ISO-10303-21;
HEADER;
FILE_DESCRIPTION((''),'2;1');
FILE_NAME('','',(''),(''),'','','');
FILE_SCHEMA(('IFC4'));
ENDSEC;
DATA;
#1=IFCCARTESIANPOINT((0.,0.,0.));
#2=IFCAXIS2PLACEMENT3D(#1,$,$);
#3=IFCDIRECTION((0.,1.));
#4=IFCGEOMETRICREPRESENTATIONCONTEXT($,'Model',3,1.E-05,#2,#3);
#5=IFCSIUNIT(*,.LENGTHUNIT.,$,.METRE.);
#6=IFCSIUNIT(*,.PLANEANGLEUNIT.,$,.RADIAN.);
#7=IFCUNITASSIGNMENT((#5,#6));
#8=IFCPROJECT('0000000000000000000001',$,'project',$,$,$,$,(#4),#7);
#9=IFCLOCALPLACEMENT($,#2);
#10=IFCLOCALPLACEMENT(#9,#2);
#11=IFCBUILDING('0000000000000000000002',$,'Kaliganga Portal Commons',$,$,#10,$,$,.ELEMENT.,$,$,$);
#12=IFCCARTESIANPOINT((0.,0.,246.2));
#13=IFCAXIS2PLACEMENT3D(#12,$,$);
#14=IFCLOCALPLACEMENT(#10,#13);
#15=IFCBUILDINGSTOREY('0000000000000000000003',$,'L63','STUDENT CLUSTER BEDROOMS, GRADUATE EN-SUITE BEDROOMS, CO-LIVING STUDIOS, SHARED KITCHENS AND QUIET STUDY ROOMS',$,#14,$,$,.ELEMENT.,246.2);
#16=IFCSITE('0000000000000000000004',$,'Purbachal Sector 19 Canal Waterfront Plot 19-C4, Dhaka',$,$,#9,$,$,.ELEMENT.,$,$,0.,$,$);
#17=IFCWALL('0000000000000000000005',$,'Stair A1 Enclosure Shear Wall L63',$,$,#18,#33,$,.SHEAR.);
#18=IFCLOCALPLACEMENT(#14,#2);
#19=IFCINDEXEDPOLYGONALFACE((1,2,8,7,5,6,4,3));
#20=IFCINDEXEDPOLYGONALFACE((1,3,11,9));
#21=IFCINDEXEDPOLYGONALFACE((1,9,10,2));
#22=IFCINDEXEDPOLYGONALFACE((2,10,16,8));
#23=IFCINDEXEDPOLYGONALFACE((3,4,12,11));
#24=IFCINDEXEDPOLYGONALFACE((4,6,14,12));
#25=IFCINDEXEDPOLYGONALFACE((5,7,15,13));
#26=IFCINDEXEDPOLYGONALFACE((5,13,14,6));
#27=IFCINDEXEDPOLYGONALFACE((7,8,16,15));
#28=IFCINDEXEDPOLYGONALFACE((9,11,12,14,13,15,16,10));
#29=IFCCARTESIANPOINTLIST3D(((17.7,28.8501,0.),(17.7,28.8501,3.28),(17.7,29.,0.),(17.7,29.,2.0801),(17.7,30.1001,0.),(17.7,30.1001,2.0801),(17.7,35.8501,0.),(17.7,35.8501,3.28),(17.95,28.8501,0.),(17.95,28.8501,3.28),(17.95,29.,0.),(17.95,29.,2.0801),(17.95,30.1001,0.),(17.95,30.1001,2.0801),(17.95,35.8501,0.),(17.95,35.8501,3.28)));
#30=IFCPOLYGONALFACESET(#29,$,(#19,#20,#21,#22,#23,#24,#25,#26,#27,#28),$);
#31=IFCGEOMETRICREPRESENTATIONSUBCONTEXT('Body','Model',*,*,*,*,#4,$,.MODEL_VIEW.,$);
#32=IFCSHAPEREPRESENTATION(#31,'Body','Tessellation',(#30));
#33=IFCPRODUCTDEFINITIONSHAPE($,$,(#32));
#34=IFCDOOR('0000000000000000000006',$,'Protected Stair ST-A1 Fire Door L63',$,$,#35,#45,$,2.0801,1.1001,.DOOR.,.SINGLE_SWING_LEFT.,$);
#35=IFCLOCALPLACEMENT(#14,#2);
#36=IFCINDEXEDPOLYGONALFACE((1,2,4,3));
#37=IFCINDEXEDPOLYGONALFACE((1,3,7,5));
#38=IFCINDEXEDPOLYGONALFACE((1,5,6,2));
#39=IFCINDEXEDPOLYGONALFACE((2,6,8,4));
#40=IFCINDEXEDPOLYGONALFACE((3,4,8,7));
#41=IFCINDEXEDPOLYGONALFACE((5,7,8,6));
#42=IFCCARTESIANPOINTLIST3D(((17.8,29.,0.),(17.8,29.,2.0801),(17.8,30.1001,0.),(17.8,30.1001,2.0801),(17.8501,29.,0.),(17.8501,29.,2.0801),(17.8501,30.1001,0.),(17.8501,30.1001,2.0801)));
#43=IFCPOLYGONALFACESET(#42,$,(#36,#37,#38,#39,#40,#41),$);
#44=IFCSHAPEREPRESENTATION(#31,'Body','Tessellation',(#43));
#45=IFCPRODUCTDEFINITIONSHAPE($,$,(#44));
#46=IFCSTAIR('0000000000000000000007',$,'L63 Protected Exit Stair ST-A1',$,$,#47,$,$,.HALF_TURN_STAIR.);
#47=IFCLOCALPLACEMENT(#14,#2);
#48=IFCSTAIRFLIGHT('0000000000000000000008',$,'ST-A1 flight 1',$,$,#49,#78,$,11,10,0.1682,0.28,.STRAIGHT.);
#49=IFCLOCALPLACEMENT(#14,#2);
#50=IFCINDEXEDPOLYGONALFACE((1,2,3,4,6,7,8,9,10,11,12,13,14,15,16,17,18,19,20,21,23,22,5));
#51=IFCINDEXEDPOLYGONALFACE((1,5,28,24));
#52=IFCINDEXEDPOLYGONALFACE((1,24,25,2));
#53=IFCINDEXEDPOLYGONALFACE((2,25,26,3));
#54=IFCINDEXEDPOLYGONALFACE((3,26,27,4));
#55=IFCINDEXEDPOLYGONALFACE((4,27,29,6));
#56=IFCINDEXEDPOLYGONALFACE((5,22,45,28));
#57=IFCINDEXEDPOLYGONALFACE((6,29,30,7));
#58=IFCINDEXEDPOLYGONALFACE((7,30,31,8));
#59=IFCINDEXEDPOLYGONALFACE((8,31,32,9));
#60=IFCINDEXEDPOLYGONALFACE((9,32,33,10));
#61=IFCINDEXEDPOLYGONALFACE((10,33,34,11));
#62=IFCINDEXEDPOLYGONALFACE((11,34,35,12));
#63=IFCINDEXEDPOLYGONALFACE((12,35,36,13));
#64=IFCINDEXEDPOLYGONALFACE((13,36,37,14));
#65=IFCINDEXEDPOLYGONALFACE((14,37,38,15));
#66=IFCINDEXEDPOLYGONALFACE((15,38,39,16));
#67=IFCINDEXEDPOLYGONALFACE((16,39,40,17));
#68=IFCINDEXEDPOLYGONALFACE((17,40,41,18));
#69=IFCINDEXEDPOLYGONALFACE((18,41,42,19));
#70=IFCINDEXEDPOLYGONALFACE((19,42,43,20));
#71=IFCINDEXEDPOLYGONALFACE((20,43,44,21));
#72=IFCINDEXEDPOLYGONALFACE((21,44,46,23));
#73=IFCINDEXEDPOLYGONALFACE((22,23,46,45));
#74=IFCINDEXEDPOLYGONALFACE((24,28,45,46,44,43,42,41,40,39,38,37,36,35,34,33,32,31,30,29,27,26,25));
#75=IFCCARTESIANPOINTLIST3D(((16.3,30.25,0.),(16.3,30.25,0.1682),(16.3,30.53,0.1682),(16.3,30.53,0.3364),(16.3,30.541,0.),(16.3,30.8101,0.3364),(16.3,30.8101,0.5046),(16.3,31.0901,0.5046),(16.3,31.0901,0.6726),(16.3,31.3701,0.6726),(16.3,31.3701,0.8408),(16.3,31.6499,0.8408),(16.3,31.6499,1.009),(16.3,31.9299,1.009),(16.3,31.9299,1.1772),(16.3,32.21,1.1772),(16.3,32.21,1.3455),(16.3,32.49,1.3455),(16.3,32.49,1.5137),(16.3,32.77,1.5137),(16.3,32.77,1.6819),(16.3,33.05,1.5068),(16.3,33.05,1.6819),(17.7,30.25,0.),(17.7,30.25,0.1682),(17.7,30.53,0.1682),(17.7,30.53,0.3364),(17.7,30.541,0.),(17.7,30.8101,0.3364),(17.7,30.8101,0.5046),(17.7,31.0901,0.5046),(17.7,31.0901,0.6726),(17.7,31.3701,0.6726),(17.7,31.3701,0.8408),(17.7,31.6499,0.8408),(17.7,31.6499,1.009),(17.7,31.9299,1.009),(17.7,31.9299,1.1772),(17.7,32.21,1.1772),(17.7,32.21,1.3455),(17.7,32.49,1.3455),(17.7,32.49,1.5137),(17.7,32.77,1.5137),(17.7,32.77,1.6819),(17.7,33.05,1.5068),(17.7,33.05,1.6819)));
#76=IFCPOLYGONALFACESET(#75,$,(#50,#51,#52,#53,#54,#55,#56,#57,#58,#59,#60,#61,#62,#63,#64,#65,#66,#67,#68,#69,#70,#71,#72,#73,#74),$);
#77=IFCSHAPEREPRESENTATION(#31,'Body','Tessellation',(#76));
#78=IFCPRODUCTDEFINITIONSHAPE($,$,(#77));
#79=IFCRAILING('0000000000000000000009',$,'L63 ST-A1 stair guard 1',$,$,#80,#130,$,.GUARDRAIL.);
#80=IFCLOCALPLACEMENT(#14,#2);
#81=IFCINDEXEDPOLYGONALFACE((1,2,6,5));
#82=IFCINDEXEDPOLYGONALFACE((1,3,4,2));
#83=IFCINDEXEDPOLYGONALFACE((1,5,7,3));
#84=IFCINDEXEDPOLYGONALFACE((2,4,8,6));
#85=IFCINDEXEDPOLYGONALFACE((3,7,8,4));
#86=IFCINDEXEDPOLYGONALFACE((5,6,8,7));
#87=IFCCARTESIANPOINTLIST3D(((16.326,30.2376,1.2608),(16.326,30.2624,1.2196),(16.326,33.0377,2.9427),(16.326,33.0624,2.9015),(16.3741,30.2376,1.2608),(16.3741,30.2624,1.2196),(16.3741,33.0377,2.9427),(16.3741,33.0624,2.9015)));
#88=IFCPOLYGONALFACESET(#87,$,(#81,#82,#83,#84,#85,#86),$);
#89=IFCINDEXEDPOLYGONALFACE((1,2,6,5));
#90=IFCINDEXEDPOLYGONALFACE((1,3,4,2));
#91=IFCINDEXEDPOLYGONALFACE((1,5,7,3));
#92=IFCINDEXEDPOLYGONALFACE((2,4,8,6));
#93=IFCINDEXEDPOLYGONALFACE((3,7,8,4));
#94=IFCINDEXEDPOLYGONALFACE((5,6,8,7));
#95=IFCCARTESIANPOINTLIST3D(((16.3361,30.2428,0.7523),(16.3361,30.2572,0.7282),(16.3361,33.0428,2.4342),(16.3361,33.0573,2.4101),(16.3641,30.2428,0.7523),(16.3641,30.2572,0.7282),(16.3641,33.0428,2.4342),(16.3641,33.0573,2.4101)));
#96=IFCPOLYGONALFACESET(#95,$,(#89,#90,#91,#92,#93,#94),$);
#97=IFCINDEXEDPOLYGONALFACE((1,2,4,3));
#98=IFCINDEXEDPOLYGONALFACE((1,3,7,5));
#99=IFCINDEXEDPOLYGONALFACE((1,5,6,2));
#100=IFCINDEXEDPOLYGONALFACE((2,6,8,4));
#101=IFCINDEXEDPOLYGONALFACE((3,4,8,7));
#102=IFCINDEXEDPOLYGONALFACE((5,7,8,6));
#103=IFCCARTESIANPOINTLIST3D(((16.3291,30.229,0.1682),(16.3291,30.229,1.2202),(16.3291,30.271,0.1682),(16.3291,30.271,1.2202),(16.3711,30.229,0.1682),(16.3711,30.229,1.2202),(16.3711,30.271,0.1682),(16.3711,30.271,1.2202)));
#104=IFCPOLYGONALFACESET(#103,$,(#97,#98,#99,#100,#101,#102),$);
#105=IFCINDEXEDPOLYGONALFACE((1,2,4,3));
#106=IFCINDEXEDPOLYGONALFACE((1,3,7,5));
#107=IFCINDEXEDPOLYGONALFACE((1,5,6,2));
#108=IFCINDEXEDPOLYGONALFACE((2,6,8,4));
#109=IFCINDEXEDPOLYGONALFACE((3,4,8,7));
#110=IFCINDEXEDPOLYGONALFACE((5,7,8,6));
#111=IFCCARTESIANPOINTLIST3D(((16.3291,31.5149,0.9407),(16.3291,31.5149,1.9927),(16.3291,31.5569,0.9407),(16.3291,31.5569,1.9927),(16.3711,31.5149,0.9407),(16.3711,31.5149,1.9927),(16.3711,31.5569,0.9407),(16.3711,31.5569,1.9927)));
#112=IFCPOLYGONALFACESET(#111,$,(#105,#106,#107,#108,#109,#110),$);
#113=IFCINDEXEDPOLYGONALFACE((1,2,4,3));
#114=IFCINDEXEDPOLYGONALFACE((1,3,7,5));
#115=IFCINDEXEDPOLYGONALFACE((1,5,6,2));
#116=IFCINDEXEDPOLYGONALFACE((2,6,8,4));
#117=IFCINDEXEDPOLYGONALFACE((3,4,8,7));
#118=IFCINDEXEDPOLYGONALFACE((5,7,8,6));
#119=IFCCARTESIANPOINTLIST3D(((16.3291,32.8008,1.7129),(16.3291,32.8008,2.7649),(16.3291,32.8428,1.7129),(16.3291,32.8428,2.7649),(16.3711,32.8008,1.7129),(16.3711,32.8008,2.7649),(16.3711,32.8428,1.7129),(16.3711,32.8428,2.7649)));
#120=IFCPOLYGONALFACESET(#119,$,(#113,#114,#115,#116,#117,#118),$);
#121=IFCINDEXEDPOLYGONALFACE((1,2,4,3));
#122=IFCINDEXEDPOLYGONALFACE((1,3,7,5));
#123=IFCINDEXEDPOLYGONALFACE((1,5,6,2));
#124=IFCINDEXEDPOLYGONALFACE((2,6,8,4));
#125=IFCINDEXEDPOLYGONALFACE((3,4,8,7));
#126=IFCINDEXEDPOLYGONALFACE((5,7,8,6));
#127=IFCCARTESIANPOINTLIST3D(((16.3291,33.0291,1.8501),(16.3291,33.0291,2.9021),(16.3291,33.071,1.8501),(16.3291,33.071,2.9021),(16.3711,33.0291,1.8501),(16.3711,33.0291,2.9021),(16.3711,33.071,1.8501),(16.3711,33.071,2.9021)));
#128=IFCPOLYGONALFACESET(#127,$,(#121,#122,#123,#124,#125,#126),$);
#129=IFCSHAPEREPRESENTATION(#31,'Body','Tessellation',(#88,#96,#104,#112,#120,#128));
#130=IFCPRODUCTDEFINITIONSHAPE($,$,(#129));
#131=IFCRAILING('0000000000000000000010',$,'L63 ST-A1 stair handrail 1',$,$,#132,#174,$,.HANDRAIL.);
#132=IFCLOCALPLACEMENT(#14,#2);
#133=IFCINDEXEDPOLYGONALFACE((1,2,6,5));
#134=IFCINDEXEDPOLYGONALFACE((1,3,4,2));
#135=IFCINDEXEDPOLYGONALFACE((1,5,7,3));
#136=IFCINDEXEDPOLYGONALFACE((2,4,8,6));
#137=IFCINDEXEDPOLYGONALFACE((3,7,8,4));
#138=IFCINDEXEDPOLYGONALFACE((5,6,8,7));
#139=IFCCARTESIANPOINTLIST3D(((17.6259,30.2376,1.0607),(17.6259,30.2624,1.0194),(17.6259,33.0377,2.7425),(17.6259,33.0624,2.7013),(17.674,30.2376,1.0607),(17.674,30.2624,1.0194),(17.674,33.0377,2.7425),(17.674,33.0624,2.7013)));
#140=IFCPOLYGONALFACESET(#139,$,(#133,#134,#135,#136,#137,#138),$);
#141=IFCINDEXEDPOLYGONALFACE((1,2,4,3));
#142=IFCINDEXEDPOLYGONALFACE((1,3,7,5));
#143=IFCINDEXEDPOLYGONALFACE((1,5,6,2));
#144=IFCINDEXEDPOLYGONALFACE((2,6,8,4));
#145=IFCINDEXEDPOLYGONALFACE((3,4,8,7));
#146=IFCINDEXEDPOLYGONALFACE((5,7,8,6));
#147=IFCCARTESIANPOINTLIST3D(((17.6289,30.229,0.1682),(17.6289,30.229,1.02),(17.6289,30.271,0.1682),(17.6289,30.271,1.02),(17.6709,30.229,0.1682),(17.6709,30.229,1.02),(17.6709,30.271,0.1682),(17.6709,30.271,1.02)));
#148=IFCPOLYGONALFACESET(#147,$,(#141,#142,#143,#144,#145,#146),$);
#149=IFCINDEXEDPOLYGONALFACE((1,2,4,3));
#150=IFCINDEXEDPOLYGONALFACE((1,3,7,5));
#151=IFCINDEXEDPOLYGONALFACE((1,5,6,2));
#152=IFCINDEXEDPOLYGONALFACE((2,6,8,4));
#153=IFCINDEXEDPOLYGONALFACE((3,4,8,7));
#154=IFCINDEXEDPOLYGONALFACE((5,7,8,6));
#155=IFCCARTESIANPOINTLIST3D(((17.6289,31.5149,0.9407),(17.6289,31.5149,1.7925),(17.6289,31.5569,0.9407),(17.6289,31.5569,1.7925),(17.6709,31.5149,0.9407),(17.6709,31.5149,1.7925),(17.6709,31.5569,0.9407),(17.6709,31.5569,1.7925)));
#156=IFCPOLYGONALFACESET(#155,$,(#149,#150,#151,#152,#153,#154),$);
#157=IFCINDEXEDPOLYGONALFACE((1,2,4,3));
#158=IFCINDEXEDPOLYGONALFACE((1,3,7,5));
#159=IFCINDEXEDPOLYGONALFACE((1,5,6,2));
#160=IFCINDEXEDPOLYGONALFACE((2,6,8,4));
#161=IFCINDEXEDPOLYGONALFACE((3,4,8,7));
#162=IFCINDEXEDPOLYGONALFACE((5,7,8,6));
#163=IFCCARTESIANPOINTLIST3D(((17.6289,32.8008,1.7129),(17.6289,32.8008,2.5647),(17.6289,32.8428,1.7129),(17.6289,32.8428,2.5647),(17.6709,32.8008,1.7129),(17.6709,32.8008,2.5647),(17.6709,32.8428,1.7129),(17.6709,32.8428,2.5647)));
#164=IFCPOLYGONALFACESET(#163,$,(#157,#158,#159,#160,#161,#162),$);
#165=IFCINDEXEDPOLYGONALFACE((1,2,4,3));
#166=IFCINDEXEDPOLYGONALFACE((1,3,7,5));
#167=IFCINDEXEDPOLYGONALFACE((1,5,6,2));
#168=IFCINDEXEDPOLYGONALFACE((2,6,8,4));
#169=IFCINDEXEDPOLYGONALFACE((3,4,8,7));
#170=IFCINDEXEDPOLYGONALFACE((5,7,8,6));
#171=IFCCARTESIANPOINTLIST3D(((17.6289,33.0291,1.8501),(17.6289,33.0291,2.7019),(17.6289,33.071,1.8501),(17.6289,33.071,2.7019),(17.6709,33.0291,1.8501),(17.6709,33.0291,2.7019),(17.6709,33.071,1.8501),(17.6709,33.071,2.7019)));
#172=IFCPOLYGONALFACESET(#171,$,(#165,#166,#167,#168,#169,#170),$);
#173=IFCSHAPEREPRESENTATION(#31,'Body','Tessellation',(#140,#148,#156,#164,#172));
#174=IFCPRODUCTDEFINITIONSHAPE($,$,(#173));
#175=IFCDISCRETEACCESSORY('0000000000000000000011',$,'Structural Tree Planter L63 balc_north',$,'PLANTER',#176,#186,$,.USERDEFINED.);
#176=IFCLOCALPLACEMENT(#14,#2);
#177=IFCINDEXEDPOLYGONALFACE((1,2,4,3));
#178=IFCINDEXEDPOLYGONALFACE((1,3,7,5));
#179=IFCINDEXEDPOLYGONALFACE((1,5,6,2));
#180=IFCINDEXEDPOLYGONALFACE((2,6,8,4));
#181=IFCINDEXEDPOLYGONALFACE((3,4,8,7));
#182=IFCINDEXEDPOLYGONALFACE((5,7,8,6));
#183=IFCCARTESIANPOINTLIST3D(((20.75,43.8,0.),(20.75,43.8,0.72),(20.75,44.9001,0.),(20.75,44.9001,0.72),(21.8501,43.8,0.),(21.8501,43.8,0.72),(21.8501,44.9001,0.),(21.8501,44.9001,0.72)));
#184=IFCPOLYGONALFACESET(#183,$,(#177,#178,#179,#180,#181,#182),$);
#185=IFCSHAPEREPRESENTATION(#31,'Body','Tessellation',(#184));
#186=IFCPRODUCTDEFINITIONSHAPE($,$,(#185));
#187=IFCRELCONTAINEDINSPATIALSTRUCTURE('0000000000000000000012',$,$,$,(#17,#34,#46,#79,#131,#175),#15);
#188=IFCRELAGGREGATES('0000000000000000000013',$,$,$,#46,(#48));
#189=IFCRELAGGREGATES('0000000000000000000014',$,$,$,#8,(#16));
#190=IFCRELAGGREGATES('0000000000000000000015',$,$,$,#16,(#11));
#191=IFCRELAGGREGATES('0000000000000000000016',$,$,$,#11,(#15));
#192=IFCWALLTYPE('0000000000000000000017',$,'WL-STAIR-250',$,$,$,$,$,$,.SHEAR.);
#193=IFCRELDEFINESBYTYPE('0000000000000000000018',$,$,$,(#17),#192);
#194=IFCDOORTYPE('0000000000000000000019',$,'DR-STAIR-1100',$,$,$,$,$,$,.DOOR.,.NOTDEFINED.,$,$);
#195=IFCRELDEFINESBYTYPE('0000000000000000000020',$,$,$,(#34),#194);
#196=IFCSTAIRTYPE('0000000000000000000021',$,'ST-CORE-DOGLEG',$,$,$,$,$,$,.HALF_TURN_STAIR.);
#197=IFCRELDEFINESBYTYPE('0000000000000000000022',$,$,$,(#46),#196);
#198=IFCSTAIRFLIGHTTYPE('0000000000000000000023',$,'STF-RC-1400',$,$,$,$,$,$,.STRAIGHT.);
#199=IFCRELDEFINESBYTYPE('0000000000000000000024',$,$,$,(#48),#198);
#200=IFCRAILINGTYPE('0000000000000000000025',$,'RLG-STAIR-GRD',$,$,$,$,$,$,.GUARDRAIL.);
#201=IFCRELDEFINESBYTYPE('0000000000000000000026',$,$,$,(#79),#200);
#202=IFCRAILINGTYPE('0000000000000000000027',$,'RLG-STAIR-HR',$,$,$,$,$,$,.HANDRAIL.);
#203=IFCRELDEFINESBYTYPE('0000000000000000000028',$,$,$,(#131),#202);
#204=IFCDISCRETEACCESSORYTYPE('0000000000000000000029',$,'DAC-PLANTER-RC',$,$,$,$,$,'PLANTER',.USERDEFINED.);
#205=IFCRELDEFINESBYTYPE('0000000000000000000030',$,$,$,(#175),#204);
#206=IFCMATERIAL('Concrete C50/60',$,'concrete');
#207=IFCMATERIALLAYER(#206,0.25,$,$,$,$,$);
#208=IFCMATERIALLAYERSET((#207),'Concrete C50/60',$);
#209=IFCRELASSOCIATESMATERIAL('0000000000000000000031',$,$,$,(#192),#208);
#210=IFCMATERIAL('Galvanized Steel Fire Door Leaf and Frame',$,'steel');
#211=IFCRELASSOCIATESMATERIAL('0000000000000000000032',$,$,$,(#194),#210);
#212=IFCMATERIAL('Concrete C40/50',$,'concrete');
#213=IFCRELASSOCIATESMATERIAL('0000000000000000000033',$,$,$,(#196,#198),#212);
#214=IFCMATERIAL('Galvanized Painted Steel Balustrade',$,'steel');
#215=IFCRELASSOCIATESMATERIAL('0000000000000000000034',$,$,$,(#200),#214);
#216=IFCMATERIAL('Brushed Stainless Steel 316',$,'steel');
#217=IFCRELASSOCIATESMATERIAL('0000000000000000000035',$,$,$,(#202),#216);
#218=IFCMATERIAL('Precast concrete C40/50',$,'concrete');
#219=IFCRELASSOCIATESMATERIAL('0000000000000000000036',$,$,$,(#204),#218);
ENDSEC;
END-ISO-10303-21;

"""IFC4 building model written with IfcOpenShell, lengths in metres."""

from ifc_helpers import new_model, si_unit, direction, frame, frame_2d, origin, origin_2d, place, context, subcontext, project, spatial, polyline, rectangle, outline, extrude, source, transform, mapped, material, layer, layer_set, type_object, element, fill, aggregate, save


model = new_model("IFC4")

# Units and contexts
model_context = context("Model", 3, precision=1e-05, world=origin(), true_north=direction((0.0, 1.0)))
body_context = subcontext(model_context, "Body", "Model", "MODEL_VIEW")
ifc_project = project(units=[si_unit("LENGTHUNIT", "METRE"), si_unit("PLANEANGLEUNIT", "RADIAN")], contexts=[model_context])

# Site, building, storey
site_placement = place(None, origin())
site = spatial("IfcSite", under=ifc_project, at=site_placement, Name="Purbachal Sector 19 Canal Waterfront Plot 19-C4, Dhaka", CompositionType="ELEMENT", RefElevation=0.0)
building_placement = place(site_placement, origin())
building = spatial("IfcBuilding", under=site, at=building_placement, Name="Kaliganga Portal Commons", CompositionType="ELEMENT")
storey_placement = place(building_placement, frame((0.0, 0.0, 246.2)))
storey = spatial("IfcBuildingStorey", under=building, at=storey_placement, Name="L63", Description="STUDENT CLUSTER BEDROOMS, GRADUATE EN-SUITE BEDROOMS, CO-LIVING STUDIOS, SHARED KITCHENS AND QUIET STUDY ROOMS", CompositionType="ELEMENT", Elevation=246.2)

# Shared definitions
ifc_material_1 = material(Name="Concrete C50/60", Category="concrete")

# Wall, opening, door
ifc_layer_1 = layer(ifc_material_1, 0.25)
ifc_layer_set_1 = layer_set([ifc_layer_1], Name="Concrete C50/60")
wall_type_1 = type_object("IfcWallType", Name="WL-STAIR-250", PredefinedType="SHEAR", material=ifc_layer_set_1)
wall_1_placement = place(storey_placement, frame((17.825, 28.8501, 0.0), z_axis=(0.0, 0.0, 1.0), x_axis=(0.0, 1.0, 0.0)))
wall_1 = element("IfcWall", 1, at=wall_1_placement, inside=storey, type_object=wall_type_1, Name="Stair A1 Enclosure Shear Wall L63", PredefinedType="SHEAR", context=body_context, shape_type="SweptSolid", body=[
    extrude(rectangle(XDim=7.0, YDim=0.25, at=frame_2d((3.5, 0.0))), origin(), (0.0, 0.0, 1.0), 3.28),
])
opening_1_placement = place(wall_1_placement, frame((0.1499, 0.0, 0.0)))
opening_1 = element("IfcOpeningElement", 2, at=opening_1_placement, cuts=wall_1, PredefinedType="OPENING", context=body_context, shape_type="SweptSolid", body=[
    extrude(rectangle(XDim=1.1001, YDim=2.0801, at=frame_2d((0.55, 1.04))), frame((0.0, 0.135, 0.0), z_axis=(0.0, -1.0, 0.0), x_axis=(1.0, 0.0, 0.0)), (0.0, 0.0, 1.0), 0.27),
])
ifc_material_2 = material(Name="Galvanized Steel Fire Door Leaf and Frame", Category="steel")
door_type_1 = type_object("IfcDoorType", Name="DR-STAIR-1100", OperationType="NOTDEFINED", PredefinedType="DOOR", material=ifc_material_2)
door_1_placement = place(opening_1_placement, origin())
door_1 = element("IfcDoor", 3, at=door_1_placement, inside=storey, type_object=door_type_1, Name="Protected Stair ST-A1 Fire Door L63", OperationType="SINGLE_SWING_LEFT", OverallHeight=2.0801, OverallWidth=1.1001, PredefinedType="DOOR", context=body_context, shape_type="SweptSolid", body=[
    extrude(rectangle(XDim=1.1001, YDim=2.0801, at=frame_2d((0.55, 1.04))), frame((0.0, 0.0249, 0.0), z_axis=(0.0, -1.0, 0.0), x_axis=(1.0, 0.0, 0.0)), (0.0, 0.0, 1.0), 0.05),
])
fill(opening_1, door_1)

# Stair, stair flight
ifc_material_3 = material(Name="Concrete C40/50", Category="concrete")
stair_type = type_object("IfcStairType", Name="ST-CORE-DOGLEG", PredefinedType="HALF_TURN_STAIR", material=ifc_material_3)
stair_placement = place(storey_placement, origin())
stair = element("IfcStair", 4, at=stair_placement, inside=storey, type_object=stair_type, Name="L63 Protected Exit Stair ST-A1", PredefinedType="HALF_TURN_STAIR")
stair_flight_type = type_object("IfcStairFlightType", Name="STF-RC-1400", PredefinedType="STRAIGHT", material=ifc_material_3)
stair_flight_placement = place(storey_placement, frame((17.0, 30.25, 0.0), z_axis=(0.0, 0.0, 1.0), x_axis=(0.0, 1.0, 0.0)))
stair_flight = element("IfcStairFlight", 5, at=stair_flight_placement, type_object=stair_flight_type, Name="ST-A1 flight 1", NumberOfRisers=11, NumberOfTreads=10, PredefinedType="STRAIGHT", RiserHeight=0.1682, TreadLength=0.28, context=body_context, shape_type="SweptSolid", body=[
    extrude(outline(polyline([(0.0, 0.0), (0.0, 0.1682), (0.28, 0.1682), (0.28, 0.3364), (0.5601, 0.3364), (0.5601, 0.5046), (0.8401, 0.5046), (0.8401, 0.6726), (1.1201, 0.6726), (1.1201, 0.8408), (1.3999, 0.8408), (1.3999, 1.009), (1.6799, 1.009), (1.6799, 1.1772), (1.96, 1.1772), (1.96, 1.3455), (2.24, 1.3455), (2.24, 1.5137), (2.52, 1.5137), (2.52, 1.6819), (2.8, 1.6819), (2.8, 1.8501), (2.8, 1.5068), (0.291, 0.0), (0.0, 0.0)])), frame((0.0, 0.7, 0.0), z_axis=(0.0, -1.0, 0.0), x_axis=(1.0, 0.0, 0.0)), (0.0, 0.0, 1.0), 1.3999),
])
aggregate(stair, [stair_flight])

# Railings
ifc_material_4 = material(Name="Galvanized Painted Steel Balustrade", Category="steel")
railing_type_1 = type_object("IfcRailingType", Name="RLG-STAIR-GRD", PredefinedType="GUARDRAIL", material=ifc_material_4)
railing_1_placement = place(storey_placement, frame((16.3501, 30.25, 0.1682)))
element("IfcRailing", 6, at=railing_1_placement, inside=storey, type_object=railing_type_1, Name="L63 ST-A1 stair guard 1", PredefinedType="GUARDRAIL", context=body_context, shape_type="SweptSolid", body=[
    extrude(rectangle(XDim=0.0481, YDim=0.0481, at=origin_2d()), frame((0.0, 0.0, 1.072), z_axis=(0.0, 0.857242, 0.514913), x_axis=(-1.0, 0.0, 0.0)), (0.0, 0.0, 1.0), 3.2664),
    extrude(rectangle(XDim=0.0281, YDim=0.0281, at=origin_2d()), frame((0.0, 0.0, 0.572), z_axis=(0.0, 0.857242, 0.514913), x_axis=(-1.0, 0.0, 0.0)), (0.0, 0.0, 1.0), 3.2664),
    extrude(rectangle(XDim=0.042, YDim=0.042, at=origin_2d()), origin(), (0.0, 0.0, 1.0), 1.052),
    extrude(rectangle(XDim=0.042, YDim=0.042, at=origin_2d()), frame((0.0, 1.2859, 0.7725)), (0.0, 0.0, 1.0), 1.052),
    extrude(rectangle(XDim=0.042, YDim=0.042, at=origin_2d()), frame((0.0, 2.5718, 1.5447)), (0.0, 0.0, 1.0), 1.052),
    extrude(rectangle(XDim=0.042, YDim=0.042, at=origin_2d()), frame((0.0, 2.8, 1.6819)), (0.0, 0.0, 1.0), 1.052),
])
ifc_material_5 = material(Name="Brushed Stainless Steel 316", Category="steel")
railing_type_2 = type_object("IfcRailingType", Name="RLG-STAIR-HR", PredefinedType="HANDRAIL", material=ifc_material_5)
railing_2_placement = place(storey_placement, frame((17.6499, 30.25, 0.1682)))
element("IfcRailing", 7, at=railing_2_placement, inside=storey, type_object=railing_type_2, Name="L63 ST-A1 stair handrail 1", PredefinedType="HANDRAIL", context=body_context, shape_type="SweptSolid", body=[
    extrude(rectangle(XDim=0.0481, YDim=0.0481, at=origin_2d()), frame((0.0, 0.0, 0.8718), z_axis=(0.0, 0.857242, 0.514913), x_axis=(-1.0, 0.0, 0.0)), (0.0, 0.0, 1.0), 3.2664),
    extrude(rectangle(XDim=0.042, YDim=0.042, at=origin_2d()), origin(), (0.0, 0.0, 1.0), 0.8518),
    extrude(rectangle(XDim=0.042, YDim=0.042, at=origin_2d()), frame((0.0, 1.2859, 0.7725)), (0.0, 0.0, 1.0), 0.8518),
    extrude(rectangle(XDim=0.042, YDim=0.042, at=origin_2d()), frame((0.0, 2.5718, 1.5447)), (0.0, 0.0, 1.0), 0.8518),
    extrude(rectangle(XDim=0.042, YDim=0.042, at=origin_2d()), frame((0.0, 2.8, 1.6819)), (0.0, 0.0, 1.0), 0.8518),
])

# Discrete accessory
ifc_material_6 = material(Name="Precast concrete C40/50", Category="concrete")
discrete_accessory_type = type_object("IfcDiscreteAccessoryType", Name="DAC-PLANTER-RC", ElementType="PLANTER", PredefinedType="USERDEFINED", material=ifc_material_6)
shared_shape_1 = source(origin(), body_context, "Body", "SweptSolid", [
    extrude(rectangle(XDim=1.1001, YDim=1.1001, at=origin_2d()), origin(), (0.0, 0.0, 1.0), 0.72),
])
discrete_accessory_placement = place(storey_placement, frame((21.3, 44.3501, 0.0), z_axis=(0.0, 0.0, 1.0), x_axis=(1.0, 0.0, 0.0)))
element("IfcDiscreteAccessory", 8, at=discrete_accessory_placement, inside=storey, type_object=discrete_accessory_type, Name="Structural Tree Planter L63 balc_north", ObjectType="PLANTER", PredefinedType="USERDEFINED", context=body_context, shape_type="MappedRepresentation", body=[
    mapped(shared_shape_1, transform((0.0, 0.0, 0.0), x_axis=(1.0, 0.0, 0.0), y_axis=(0.0, 1.0, 0.0), z_axis=(0.0, 0.0, 1.0), scale=1.0)),
])

save(model, "model.ifc")
